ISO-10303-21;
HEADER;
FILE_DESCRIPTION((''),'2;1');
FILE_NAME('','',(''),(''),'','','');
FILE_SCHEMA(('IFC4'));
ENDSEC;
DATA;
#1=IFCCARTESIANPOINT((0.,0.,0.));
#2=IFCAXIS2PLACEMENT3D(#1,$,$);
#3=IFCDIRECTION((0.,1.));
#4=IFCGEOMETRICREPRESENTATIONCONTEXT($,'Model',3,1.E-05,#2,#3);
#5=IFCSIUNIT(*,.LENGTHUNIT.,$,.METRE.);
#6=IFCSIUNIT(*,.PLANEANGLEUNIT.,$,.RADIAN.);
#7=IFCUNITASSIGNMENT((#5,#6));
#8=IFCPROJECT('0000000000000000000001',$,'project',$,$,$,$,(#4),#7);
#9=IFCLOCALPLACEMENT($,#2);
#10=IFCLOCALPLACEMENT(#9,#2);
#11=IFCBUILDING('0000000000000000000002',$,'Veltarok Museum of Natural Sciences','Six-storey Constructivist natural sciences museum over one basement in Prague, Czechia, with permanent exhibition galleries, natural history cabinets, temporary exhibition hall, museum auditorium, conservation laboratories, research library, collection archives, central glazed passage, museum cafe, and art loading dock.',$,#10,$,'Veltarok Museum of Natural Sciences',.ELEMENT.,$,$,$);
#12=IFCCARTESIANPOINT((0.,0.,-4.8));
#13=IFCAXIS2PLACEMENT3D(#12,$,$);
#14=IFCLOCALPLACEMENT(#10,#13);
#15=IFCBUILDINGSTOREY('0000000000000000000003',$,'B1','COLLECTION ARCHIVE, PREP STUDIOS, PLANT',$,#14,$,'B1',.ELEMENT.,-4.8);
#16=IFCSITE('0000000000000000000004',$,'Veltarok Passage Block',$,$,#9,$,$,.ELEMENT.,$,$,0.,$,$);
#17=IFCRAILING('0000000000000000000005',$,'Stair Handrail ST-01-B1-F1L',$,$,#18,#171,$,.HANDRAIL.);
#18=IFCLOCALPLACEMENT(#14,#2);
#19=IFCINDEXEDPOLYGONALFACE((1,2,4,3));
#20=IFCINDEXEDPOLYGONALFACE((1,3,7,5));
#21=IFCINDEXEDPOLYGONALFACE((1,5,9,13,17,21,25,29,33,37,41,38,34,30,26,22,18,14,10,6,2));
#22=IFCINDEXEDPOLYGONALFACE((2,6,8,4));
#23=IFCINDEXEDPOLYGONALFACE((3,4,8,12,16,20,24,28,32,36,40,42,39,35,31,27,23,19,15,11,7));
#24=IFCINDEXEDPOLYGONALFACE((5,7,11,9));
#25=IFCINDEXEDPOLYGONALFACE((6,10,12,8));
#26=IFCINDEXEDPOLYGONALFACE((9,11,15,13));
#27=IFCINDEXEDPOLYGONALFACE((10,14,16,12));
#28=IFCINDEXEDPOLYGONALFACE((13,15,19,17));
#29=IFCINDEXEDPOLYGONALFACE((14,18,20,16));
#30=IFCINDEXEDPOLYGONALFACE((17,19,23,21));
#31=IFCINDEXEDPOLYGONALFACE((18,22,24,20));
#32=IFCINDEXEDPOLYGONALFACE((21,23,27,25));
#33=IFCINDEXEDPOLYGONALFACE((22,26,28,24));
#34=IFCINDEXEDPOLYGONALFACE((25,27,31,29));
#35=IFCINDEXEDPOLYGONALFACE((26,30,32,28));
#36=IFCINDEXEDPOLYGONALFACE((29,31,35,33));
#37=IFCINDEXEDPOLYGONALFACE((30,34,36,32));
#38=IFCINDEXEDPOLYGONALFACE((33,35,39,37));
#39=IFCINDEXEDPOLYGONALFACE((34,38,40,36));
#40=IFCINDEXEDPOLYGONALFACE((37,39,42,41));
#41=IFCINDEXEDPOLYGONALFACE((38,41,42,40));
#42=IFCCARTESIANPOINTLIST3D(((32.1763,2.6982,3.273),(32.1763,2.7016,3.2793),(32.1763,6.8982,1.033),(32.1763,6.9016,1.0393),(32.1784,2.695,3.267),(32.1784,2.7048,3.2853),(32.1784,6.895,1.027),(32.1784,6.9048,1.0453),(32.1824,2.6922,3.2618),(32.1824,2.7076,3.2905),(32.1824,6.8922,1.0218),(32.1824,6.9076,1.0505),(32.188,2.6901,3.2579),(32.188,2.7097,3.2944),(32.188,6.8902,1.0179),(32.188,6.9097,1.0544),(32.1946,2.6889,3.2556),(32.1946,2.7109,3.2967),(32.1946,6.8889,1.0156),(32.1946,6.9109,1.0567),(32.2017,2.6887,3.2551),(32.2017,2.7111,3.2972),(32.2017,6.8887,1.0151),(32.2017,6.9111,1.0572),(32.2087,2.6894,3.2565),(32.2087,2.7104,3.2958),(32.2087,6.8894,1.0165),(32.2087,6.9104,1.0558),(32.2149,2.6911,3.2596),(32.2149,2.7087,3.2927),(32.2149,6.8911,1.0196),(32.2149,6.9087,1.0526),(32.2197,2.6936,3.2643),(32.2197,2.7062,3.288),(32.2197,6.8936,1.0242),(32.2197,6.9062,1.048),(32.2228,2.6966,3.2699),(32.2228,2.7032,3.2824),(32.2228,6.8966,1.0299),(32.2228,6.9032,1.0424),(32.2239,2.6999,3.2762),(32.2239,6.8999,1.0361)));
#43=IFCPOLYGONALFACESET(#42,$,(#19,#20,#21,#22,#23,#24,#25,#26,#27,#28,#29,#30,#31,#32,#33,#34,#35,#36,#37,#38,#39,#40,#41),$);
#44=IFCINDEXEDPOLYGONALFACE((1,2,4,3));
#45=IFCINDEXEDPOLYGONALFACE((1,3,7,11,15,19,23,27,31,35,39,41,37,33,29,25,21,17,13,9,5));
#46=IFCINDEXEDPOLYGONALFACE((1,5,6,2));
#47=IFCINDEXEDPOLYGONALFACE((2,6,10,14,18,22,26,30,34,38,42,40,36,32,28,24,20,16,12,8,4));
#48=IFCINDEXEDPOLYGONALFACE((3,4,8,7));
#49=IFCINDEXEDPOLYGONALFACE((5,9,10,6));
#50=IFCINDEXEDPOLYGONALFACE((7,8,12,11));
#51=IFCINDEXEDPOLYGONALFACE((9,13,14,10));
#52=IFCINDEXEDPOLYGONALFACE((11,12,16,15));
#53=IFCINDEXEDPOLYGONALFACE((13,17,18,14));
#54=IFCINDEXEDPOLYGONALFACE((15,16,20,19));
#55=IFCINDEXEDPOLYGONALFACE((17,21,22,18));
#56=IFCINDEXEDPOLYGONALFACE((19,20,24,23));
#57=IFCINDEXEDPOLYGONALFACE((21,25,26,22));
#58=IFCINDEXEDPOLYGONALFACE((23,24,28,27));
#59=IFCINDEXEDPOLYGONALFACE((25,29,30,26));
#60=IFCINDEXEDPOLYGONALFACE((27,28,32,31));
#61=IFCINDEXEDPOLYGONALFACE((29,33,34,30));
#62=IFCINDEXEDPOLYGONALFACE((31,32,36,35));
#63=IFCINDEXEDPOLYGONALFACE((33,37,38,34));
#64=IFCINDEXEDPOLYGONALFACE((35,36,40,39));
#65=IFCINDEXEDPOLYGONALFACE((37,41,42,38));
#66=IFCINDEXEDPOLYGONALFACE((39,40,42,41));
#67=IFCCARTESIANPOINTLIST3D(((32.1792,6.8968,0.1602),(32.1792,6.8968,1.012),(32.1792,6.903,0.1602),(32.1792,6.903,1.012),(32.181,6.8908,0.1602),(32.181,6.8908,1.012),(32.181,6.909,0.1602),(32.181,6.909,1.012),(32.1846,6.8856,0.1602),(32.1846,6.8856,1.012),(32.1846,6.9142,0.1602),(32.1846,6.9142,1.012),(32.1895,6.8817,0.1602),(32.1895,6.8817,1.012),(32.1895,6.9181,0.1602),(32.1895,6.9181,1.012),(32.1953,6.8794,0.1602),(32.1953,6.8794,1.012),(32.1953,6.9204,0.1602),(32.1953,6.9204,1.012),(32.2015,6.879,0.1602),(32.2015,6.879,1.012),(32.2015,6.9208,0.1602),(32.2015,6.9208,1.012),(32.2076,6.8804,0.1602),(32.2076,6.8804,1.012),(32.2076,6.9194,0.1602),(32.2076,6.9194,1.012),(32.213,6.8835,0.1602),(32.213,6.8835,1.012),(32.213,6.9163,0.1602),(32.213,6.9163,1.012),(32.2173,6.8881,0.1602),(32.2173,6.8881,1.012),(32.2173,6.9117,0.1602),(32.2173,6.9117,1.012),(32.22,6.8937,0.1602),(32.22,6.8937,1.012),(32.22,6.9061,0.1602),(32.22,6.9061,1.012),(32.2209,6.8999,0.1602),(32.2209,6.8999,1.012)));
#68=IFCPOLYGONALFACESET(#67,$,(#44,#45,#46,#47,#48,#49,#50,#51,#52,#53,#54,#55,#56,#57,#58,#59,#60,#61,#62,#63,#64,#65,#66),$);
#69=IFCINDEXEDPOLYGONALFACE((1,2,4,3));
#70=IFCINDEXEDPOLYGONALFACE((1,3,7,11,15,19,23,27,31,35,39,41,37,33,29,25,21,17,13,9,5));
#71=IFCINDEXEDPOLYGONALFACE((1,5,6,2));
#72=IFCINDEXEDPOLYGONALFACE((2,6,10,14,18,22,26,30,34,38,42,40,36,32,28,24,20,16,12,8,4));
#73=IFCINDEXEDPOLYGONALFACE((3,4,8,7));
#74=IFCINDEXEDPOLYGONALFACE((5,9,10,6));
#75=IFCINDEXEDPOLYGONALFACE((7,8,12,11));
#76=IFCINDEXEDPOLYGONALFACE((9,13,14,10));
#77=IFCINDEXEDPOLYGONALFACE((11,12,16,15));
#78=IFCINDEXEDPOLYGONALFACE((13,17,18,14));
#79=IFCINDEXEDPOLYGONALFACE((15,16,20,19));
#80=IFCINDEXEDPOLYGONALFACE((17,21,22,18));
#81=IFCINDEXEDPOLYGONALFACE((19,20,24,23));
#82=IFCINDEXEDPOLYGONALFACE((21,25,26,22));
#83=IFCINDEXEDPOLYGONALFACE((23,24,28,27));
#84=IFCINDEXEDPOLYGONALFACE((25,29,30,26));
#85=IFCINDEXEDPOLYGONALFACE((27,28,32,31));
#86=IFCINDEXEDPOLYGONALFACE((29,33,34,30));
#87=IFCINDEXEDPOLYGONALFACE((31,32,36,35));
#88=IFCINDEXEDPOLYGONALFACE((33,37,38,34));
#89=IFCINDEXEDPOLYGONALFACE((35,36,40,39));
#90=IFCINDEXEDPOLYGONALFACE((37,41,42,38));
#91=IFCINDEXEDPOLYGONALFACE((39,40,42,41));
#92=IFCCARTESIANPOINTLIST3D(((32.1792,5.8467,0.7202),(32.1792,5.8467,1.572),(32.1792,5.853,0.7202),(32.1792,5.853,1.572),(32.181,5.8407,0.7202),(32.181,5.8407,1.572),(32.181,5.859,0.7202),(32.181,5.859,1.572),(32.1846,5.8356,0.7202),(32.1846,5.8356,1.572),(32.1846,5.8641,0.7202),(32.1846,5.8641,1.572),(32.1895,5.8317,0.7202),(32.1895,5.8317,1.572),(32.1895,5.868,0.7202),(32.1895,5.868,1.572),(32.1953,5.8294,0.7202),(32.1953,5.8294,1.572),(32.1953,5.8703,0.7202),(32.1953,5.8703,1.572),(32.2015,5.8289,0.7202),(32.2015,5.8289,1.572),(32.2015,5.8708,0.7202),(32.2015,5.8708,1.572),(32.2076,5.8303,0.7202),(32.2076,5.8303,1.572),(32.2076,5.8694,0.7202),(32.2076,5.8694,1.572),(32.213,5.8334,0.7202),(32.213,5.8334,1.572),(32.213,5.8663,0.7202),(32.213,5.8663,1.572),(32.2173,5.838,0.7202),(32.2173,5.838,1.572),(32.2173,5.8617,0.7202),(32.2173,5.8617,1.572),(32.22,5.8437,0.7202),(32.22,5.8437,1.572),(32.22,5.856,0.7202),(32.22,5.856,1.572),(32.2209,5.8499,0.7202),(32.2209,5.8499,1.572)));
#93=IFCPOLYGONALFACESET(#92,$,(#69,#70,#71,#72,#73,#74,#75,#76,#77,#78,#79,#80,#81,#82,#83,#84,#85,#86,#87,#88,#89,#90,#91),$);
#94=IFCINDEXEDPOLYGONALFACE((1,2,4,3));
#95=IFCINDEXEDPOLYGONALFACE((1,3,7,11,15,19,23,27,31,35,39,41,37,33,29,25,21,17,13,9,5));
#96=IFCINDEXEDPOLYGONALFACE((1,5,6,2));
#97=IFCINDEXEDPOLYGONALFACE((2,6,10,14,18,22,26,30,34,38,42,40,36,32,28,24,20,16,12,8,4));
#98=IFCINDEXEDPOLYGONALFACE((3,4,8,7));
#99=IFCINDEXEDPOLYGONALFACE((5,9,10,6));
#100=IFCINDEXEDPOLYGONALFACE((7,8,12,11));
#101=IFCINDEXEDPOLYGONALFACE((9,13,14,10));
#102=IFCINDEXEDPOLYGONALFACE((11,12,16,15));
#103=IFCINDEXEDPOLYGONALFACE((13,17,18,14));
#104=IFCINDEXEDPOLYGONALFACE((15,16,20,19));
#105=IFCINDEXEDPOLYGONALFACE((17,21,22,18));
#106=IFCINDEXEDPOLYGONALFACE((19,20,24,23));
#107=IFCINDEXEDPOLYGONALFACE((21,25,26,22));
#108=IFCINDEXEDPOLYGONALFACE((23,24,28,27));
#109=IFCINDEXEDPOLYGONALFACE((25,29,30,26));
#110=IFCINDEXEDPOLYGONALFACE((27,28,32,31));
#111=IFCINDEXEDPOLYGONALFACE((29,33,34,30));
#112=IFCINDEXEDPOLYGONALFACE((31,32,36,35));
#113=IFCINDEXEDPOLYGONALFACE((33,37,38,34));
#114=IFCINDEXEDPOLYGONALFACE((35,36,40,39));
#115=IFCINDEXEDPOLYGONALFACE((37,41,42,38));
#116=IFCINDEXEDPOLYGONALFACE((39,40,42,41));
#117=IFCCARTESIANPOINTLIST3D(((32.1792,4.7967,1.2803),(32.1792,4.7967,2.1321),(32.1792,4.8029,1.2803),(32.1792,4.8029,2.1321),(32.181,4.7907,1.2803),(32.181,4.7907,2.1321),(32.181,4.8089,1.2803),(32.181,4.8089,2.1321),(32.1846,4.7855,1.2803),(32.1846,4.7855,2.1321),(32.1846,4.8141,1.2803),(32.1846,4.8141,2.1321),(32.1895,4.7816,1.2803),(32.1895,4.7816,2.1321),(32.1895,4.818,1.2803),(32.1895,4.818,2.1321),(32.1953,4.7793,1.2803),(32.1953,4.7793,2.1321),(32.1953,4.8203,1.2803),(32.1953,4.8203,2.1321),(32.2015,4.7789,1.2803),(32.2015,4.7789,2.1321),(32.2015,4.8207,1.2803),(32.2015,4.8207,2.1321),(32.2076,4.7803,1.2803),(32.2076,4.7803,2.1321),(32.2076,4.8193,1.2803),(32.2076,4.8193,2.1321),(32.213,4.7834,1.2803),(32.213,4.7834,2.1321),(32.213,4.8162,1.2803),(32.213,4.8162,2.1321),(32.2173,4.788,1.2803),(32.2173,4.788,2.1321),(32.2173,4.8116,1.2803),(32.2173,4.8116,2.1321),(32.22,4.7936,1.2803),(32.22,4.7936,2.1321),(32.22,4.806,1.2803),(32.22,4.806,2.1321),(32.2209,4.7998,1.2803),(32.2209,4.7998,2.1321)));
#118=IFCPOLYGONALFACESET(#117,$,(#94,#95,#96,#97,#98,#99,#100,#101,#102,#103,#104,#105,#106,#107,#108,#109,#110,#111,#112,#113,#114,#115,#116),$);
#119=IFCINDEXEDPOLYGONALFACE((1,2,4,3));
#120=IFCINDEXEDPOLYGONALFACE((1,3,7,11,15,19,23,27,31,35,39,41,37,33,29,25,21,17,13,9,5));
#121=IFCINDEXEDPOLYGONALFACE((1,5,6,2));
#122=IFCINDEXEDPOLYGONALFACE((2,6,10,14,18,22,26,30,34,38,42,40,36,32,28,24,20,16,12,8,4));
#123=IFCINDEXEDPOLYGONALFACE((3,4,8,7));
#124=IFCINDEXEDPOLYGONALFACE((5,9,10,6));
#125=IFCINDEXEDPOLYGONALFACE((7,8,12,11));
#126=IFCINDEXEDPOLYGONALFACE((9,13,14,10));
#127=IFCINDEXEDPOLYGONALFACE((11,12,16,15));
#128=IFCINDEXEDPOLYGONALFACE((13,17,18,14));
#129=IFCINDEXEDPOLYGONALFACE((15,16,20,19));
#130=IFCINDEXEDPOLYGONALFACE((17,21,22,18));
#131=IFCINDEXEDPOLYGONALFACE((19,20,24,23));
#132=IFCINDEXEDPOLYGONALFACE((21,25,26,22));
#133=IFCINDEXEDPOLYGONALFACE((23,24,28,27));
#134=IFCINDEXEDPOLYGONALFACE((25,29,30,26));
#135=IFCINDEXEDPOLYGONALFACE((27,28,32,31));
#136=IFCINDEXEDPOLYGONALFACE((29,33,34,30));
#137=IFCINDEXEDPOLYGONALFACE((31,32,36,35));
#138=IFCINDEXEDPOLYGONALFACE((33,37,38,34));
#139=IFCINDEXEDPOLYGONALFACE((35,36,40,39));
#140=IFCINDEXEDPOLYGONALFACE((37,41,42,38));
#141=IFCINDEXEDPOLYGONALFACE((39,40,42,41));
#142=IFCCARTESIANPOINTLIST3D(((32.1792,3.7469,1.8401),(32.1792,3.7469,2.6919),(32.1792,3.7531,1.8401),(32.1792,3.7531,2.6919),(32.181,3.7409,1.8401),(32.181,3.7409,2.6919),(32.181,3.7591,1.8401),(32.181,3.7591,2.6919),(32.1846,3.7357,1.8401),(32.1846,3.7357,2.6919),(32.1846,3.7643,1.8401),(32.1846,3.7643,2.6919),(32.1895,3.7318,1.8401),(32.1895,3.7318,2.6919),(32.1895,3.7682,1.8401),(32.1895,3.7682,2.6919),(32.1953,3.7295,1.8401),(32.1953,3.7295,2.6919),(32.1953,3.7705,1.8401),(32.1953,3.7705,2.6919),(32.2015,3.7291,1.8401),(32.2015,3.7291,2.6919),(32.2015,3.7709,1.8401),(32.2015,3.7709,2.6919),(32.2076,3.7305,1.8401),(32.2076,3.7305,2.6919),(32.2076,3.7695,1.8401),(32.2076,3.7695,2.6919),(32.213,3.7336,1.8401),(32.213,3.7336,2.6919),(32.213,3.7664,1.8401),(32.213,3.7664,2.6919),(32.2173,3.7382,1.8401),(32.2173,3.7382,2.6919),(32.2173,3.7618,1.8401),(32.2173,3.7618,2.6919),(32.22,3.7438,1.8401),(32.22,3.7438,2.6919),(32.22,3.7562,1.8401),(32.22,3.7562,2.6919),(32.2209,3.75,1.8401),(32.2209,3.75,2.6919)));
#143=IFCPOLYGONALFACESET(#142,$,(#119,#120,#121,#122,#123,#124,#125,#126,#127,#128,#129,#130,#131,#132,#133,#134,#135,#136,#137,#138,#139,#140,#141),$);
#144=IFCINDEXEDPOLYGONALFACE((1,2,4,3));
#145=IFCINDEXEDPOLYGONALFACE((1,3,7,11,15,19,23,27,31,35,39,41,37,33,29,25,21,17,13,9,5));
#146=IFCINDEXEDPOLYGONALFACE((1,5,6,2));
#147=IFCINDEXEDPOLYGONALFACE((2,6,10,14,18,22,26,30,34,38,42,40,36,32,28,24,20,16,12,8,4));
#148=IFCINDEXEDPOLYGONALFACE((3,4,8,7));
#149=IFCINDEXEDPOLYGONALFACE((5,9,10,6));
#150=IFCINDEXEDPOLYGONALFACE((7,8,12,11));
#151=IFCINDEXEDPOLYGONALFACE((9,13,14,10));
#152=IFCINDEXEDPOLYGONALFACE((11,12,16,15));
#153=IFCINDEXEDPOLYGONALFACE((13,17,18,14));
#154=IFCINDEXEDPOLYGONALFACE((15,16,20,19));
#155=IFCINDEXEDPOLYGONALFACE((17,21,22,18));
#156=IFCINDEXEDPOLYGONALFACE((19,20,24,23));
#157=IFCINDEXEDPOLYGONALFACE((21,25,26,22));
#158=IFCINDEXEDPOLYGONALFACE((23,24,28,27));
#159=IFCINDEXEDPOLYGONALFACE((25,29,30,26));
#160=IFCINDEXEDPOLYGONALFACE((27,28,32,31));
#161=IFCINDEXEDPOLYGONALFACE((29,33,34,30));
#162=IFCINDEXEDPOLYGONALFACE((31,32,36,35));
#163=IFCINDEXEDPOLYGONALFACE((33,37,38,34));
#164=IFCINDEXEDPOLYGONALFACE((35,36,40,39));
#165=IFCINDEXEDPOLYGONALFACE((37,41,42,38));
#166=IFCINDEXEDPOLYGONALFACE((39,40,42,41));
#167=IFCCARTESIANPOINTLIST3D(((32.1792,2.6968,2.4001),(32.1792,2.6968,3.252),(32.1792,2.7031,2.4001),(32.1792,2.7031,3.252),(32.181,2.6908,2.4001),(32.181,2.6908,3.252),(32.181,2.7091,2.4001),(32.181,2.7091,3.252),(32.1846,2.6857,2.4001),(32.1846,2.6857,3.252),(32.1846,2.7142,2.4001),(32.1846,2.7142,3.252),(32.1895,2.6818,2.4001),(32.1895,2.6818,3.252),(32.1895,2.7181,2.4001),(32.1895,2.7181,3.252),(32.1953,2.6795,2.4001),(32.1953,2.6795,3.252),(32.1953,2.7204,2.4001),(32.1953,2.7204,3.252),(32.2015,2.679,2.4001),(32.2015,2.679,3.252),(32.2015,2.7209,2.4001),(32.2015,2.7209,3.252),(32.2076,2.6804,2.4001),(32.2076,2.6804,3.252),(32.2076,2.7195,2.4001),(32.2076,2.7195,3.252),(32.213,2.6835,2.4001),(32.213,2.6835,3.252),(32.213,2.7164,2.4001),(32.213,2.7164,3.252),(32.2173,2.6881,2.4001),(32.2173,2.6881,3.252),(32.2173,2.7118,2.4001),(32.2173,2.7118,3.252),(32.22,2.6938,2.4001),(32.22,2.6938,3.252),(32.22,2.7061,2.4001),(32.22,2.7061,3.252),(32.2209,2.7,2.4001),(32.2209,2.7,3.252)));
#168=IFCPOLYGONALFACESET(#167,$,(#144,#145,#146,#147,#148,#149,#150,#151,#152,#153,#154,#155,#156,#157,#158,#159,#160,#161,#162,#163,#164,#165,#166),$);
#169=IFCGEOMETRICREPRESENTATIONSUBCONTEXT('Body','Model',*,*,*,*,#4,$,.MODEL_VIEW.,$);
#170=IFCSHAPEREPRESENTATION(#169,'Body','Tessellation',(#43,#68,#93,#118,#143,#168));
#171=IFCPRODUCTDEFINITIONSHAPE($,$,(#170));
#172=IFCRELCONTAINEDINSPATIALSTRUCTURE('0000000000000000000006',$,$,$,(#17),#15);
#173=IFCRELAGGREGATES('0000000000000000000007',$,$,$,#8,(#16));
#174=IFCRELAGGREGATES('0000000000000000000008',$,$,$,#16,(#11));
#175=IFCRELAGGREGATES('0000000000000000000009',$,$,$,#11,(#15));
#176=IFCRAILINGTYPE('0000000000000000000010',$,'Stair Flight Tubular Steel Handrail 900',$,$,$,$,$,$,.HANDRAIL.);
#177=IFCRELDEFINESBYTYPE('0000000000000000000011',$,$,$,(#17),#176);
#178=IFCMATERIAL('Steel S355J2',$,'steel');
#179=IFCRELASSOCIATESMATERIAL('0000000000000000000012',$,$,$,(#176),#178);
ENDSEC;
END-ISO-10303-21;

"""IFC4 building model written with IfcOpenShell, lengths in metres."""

from ifc_helpers import new_model, si_unit, direction, frame, origin, origin_2d, place, context, subcontext, project, spatial, circle, extrude, material, type_object, element, save


model = new_model("IFC4")

# Units and contexts
model_context = context("Model", 3, precision=1e-05, world=origin(), true_north=direction((0.0, 1.0)))
body_context = subcontext(model_context, "Body", "Model", "MODEL_VIEW")
ifc_project = project(units=[si_unit("LENGTHUNIT", "METRE"), si_unit("PLANEANGLEUNIT", "RADIAN")], contexts=[model_context])

# Site, building, storey
site_placement = place(None, origin())
site = spatial("IfcSite", under=ifc_project, at=site_placement, Name="Veltarok Passage Block", CompositionType="ELEMENT", RefElevation=0.0)
building_placement = place(site_placement, origin())
building = spatial("IfcBuilding", under=site, at=building_placement, Name="Veltarok Museum of Natural Sciences", Description="Six-storey Constructivist natural sciences museum over one basement in Prague, Czechia, with permanent exhibition galleries, natural history cabinets, temporary exhibition hall, museum auditorium, conservation laboratories, research library, collection archives, central glazed passage, museum cafe, and art loading dock.", LongName="Veltarok Museum of Natural Sciences", CompositionType="ELEMENT")
storey_placement = place(building_placement, frame((0.0, 0.0, -4.8)))
storey = spatial("IfcBuildingStorey", under=building, at=storey_placement, Name="B1", Description="COLLECTION ARCHIVE, PREP STUDIOS, PLANT", LongName="B1", CompositionType="ELEMENT", Elevation=-4.8)

# Shared definitions
ifc_material_1 = material(Name="Steel S355J2", Category="steel")

# Railing
railing_type = type_object("IfcRailingType", Name="Stair Flight Tubular Steel Handrail 900", PredefinedType="HANDRAIL", material=ifc_material_1)
for number, where, name in (
    (1, (32.2, 6.8999, 0.1602), "Stair Handrail ST-01-B1-F1L"),
):
    element("IfcRailing", number, at=place(storey_placement, frame(where)), inside=storey, type_object=railing_type, Name=name, PredefinedType="HANDRAIL", context=body_context, shape_type="SweptSolid", body=[
        extrude(circle(Radius=0.0239, at=origin_2d()), frame((0.0, 0.0, 0.876), z_axis=(0.0, -0.882352, 0.470591), x_axis=(1.0, 0.0, 0.0)), (0.0, 0.0, 1.0), 4.76),
        extrude(circle(Radius=0.021, at=origin_2d()), origin(), (0.0, 0.0, 1.0), 0.8518),
        extrude(circle(Radius=0.021, at=origin_2d()), frame((0.0, -1.05, 0.5601)), (0.0, 0.0, 1.0), 0.8518),
        extrude(circle(Radius=0.021, at=origin_2d()), frame((0.0, -2.1001, 1.1201)), (0.0, 0.0, 1.0), 0.8518),
        extrude(circle(Radius=0.021, at=origin_2d()), frame((0.0, -3.1499, 1.6799)), (0.0, 0.0, 1.0), 0.8518),
        extrude(circle(Radius=0.021, at=origin_2d()), frame((0.0, -4.2, 2.24)), (0.0, 0.0, 1.0), 0.8518),
    ])

save(model, "model.ifc")
